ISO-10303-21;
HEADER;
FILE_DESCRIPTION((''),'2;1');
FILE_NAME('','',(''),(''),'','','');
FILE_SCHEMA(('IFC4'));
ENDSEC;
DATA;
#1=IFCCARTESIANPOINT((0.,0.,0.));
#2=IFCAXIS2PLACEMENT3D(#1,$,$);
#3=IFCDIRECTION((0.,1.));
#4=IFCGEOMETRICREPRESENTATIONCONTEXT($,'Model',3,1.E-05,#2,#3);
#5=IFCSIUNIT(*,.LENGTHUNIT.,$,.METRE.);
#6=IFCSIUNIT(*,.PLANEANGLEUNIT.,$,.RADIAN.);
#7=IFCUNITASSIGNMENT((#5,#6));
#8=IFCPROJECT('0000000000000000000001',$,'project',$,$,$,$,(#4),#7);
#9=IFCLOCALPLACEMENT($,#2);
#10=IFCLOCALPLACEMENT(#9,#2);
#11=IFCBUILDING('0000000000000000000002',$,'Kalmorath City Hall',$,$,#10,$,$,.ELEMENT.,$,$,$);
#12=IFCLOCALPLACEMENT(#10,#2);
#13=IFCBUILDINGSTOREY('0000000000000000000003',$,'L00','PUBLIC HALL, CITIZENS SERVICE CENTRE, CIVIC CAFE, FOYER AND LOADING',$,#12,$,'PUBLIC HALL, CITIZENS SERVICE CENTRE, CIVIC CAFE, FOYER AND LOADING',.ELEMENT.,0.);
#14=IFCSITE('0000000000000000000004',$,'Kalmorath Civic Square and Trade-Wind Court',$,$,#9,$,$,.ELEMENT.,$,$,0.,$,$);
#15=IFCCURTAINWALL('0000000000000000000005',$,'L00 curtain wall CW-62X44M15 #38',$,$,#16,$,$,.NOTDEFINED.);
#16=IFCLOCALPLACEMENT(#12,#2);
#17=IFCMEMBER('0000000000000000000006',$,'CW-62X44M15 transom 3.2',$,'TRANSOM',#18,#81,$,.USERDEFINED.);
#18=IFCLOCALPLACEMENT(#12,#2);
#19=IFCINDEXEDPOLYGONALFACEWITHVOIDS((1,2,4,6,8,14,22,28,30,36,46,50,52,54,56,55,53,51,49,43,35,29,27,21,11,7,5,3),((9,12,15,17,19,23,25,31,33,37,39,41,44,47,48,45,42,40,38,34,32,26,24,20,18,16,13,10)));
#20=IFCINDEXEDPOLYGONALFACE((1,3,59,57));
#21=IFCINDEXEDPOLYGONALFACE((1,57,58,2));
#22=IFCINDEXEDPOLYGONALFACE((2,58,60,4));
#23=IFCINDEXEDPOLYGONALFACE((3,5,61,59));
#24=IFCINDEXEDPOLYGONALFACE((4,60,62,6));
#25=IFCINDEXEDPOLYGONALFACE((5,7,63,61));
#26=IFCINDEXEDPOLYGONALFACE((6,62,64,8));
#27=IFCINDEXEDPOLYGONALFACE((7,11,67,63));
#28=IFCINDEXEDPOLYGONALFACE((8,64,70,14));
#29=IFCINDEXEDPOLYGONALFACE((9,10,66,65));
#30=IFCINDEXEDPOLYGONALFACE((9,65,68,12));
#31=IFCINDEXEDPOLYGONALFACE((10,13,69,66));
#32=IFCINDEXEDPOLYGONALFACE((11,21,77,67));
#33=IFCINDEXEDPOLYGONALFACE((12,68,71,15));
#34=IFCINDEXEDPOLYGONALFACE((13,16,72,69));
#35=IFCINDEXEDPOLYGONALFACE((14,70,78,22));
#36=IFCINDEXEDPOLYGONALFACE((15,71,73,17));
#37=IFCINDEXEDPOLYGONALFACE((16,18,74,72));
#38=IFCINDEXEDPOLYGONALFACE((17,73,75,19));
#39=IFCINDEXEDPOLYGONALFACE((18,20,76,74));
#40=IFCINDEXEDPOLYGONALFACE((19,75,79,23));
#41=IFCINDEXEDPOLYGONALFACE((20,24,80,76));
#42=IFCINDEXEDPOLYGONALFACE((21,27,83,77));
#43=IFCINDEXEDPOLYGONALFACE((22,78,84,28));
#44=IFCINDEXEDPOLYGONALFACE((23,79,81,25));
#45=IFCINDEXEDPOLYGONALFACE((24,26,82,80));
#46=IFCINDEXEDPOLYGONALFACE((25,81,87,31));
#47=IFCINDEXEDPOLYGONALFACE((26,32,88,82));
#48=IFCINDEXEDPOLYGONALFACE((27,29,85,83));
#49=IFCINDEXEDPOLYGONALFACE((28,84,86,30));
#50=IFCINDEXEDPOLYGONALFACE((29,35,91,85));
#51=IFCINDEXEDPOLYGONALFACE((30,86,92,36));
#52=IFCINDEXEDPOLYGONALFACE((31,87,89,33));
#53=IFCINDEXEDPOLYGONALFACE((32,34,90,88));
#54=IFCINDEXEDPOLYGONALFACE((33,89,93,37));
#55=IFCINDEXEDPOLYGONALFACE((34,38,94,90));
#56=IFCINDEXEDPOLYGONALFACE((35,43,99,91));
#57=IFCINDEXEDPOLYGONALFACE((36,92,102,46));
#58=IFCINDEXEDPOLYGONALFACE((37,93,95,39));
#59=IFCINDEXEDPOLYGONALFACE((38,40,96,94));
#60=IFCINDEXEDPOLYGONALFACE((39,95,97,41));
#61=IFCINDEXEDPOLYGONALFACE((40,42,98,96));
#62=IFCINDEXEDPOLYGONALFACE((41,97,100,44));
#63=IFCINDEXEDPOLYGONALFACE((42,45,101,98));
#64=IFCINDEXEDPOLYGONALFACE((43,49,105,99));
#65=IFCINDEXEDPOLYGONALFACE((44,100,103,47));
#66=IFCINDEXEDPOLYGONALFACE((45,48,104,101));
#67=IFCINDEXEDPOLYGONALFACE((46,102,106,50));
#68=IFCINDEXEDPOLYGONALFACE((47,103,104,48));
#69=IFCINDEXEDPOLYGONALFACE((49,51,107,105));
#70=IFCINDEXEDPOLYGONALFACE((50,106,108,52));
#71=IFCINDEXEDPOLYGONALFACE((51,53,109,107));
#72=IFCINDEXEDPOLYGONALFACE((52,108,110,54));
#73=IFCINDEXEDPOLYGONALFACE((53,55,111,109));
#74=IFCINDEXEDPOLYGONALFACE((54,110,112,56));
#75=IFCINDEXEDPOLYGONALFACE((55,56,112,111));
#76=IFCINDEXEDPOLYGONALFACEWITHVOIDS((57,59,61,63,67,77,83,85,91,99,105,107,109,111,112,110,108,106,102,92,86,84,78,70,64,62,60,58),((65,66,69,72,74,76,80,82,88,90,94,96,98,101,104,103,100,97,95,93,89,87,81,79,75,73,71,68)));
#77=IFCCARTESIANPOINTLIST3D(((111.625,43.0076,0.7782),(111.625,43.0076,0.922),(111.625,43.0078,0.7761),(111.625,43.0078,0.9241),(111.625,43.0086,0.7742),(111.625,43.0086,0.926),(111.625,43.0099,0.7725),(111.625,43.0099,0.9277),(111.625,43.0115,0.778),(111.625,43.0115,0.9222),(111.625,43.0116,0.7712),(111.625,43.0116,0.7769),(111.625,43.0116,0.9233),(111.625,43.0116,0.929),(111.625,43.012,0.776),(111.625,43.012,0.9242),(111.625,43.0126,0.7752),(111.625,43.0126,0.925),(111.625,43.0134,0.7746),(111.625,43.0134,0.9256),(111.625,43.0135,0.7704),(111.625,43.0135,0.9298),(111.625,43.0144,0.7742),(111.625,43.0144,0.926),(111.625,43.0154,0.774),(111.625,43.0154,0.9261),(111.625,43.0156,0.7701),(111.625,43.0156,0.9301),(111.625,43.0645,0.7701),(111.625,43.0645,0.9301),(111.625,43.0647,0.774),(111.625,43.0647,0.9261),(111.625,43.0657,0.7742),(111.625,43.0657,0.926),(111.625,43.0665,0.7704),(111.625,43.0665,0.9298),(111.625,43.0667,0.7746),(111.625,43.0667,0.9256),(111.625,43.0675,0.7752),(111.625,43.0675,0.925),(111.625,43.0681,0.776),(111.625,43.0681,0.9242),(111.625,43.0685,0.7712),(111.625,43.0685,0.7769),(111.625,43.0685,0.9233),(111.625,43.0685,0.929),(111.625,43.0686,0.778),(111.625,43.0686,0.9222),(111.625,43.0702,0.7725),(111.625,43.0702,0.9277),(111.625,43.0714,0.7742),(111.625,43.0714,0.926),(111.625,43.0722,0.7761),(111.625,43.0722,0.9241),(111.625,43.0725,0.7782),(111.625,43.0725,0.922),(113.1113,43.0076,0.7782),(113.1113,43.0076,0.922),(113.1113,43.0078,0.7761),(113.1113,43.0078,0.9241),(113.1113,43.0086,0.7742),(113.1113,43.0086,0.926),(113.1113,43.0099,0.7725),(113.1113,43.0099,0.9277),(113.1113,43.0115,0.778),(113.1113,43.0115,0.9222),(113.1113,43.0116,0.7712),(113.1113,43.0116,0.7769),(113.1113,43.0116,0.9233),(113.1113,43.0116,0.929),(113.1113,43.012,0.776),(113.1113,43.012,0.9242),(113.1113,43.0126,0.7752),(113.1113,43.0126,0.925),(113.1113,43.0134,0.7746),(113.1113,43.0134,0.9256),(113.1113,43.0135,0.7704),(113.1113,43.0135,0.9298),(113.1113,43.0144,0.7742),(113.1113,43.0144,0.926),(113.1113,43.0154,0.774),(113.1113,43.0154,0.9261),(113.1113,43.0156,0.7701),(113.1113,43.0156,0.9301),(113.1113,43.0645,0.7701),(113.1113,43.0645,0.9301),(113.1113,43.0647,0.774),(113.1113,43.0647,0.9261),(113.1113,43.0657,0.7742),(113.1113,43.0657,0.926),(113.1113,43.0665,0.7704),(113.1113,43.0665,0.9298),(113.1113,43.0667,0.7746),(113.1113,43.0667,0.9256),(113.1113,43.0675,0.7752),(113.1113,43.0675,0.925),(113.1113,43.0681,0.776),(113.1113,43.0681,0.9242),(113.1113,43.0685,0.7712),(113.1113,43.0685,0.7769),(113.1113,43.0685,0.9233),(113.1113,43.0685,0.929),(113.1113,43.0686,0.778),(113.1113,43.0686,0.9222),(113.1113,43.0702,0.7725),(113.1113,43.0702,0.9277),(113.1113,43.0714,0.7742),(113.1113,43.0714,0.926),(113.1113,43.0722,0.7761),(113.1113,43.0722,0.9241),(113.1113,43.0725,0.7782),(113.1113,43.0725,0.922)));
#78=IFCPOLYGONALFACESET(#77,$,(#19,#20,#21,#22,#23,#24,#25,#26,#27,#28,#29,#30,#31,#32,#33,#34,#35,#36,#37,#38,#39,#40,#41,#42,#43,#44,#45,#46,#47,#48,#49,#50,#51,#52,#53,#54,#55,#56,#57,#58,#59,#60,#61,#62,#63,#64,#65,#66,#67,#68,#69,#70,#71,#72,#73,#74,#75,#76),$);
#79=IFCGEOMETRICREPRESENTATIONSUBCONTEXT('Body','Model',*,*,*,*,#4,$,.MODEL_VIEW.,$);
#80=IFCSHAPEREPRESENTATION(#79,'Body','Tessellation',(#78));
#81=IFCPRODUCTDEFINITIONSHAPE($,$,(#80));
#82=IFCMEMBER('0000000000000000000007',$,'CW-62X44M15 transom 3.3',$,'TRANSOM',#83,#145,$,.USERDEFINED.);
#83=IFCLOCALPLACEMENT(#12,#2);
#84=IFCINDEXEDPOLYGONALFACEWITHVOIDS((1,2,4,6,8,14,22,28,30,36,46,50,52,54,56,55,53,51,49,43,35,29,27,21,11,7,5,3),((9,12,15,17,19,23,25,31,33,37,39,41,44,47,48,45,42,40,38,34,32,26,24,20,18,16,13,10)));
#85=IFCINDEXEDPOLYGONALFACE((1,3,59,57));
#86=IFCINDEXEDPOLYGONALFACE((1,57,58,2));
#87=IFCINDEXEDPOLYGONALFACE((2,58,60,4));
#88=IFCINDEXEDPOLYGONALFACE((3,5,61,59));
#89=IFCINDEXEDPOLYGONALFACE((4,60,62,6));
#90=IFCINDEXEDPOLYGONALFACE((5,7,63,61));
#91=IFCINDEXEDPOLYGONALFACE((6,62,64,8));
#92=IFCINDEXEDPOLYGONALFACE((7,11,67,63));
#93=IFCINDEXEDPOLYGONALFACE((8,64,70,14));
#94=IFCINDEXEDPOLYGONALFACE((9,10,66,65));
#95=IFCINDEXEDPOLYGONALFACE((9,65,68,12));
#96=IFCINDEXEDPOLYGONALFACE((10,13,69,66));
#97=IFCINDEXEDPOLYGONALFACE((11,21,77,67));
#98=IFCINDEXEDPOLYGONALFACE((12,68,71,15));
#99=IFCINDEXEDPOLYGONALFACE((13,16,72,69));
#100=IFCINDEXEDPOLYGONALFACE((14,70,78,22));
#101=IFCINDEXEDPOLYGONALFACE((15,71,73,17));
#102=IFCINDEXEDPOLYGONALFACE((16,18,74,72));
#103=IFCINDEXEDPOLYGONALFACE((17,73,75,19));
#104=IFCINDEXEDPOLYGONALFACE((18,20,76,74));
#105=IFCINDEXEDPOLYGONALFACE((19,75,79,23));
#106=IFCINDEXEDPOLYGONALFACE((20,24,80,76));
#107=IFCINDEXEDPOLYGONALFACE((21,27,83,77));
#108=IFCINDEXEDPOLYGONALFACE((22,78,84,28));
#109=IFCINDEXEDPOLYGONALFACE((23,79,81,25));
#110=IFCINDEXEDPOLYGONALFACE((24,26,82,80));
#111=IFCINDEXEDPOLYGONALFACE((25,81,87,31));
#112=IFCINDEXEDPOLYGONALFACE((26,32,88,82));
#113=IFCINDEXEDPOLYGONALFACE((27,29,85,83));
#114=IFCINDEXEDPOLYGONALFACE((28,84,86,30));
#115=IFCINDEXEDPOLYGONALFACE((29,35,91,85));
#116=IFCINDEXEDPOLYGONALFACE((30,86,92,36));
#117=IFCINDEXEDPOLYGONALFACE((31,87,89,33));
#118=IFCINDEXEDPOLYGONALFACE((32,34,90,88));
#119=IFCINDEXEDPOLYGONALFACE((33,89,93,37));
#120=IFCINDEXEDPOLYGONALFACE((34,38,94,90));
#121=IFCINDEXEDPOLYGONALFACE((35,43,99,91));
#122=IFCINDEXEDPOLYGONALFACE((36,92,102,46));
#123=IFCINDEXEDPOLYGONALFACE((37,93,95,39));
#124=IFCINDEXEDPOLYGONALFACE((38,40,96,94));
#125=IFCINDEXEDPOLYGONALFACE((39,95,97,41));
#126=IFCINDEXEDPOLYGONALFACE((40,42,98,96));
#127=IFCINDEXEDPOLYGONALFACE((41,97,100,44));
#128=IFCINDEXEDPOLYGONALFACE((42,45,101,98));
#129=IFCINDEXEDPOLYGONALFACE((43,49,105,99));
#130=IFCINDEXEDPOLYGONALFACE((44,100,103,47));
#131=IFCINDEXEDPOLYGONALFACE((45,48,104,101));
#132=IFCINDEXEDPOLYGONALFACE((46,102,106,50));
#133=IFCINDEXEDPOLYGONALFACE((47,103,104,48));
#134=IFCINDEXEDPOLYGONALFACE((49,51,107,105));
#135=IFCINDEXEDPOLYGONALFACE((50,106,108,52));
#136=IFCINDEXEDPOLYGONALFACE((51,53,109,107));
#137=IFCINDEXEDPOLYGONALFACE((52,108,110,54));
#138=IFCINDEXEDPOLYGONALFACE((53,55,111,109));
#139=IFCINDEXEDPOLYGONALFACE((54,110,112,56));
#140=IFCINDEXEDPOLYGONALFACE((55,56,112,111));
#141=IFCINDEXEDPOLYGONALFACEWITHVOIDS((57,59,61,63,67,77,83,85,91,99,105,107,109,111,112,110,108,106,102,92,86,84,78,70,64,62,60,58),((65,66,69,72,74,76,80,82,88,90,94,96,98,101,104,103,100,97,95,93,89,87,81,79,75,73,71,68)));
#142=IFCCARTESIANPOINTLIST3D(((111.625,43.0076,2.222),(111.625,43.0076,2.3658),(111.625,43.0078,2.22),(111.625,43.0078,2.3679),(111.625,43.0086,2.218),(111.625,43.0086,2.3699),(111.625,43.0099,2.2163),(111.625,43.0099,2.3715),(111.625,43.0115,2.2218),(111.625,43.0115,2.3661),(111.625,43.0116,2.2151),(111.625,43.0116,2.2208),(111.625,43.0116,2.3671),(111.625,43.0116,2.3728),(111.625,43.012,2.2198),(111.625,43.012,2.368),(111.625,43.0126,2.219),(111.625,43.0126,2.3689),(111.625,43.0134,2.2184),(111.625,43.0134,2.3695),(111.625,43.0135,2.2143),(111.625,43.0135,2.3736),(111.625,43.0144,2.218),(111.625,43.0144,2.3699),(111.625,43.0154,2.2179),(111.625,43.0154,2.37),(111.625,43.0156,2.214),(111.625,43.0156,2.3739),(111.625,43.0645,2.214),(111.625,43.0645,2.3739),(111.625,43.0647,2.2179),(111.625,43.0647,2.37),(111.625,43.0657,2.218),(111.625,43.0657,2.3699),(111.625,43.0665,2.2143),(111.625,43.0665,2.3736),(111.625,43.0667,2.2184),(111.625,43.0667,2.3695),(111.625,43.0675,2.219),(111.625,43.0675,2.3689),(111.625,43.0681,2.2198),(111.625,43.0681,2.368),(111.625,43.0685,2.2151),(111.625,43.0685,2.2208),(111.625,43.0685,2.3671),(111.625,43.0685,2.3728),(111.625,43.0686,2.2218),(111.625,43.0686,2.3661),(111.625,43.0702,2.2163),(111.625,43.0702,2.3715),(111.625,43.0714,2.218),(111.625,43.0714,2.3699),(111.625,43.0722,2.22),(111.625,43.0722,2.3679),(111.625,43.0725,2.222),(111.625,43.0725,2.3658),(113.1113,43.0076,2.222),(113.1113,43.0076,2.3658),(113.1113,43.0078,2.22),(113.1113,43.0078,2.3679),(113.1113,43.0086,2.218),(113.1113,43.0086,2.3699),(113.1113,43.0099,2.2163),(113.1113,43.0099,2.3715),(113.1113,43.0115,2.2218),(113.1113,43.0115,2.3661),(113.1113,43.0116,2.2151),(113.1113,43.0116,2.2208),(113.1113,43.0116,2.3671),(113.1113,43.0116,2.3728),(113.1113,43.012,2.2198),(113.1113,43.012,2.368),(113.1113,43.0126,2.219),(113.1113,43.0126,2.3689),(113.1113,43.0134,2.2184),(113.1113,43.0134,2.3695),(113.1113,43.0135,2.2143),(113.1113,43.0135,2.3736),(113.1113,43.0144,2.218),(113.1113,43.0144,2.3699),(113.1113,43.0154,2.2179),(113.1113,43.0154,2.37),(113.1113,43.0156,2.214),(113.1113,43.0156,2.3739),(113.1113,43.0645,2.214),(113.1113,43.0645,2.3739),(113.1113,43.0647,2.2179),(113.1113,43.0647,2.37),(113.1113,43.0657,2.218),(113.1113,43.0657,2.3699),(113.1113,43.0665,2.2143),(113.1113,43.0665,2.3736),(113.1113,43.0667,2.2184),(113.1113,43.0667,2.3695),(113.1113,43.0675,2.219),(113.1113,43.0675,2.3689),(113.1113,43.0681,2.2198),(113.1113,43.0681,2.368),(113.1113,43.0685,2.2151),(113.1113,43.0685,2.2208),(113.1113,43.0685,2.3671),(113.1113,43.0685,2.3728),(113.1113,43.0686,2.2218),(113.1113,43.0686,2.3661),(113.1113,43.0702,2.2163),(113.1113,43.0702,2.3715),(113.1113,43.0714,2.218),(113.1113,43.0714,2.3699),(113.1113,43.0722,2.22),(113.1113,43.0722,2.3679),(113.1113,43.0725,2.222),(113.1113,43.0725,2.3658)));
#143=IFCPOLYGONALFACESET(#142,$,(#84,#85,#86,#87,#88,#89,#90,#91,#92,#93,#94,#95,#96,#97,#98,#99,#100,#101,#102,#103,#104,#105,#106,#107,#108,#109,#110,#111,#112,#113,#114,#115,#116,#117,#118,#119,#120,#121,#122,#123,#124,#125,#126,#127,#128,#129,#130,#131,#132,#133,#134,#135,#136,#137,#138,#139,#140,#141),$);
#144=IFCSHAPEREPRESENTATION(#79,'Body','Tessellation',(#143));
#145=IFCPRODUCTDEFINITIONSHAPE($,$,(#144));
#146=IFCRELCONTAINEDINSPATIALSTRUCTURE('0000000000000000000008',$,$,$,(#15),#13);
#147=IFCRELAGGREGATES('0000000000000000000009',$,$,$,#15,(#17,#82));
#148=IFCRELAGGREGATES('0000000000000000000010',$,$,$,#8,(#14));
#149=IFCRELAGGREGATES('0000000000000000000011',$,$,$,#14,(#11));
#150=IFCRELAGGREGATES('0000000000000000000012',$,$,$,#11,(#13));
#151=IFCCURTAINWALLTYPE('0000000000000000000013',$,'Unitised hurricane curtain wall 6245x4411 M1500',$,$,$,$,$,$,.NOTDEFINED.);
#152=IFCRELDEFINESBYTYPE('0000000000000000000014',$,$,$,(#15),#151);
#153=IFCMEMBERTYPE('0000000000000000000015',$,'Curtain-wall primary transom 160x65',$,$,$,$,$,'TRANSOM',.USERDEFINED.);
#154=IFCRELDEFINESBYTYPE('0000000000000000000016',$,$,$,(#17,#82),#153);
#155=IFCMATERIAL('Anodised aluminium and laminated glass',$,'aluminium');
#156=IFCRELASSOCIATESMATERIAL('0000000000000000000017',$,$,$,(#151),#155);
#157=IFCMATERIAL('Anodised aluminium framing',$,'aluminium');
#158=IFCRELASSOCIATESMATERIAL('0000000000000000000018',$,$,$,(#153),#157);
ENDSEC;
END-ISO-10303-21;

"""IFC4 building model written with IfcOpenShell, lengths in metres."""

from ifc_helpers import new_model, si_unit, direction, frame, origin, origin_2d, place, context, subcontext, project, spatial, hollow_rectangle, extrude, material, material_profile, profile_set, type_object, element, aggregate, save


model = new_model("IFC4")

# Units and contexts
model_context = context("Model", 3, precision=1e-05, world=origin(), true_north=direction((0.0, 1.0)))
body_context = subcontext(model_context, "Body", "Model", "MODEL_VIEW")
ifc_project = project(units=[si_unit("LENGTHUNIT", "METRE"), si_unit("PLANEANGLEUNIT", "RADIAN")], contexts=[model_context])

# Site, building, storey
site_placement = place(None, origin())
site = spatial("IfcSite", under=ifc_project, at=site_placement, Name="Kalmorath Civic Square and Trade-Wind Court", CompositionType="ELEMENT", RefElevation=0.0)
building_placement = place(site_placement, origin())
building = spatial("IfcBuilding", under=site, at=building_placement, Name="Kalmorath City Hall", CompositionType="ELEMENT")
storey_placement = place(building_placement, origin())
storey = spatial("IfcBuildingStorey", under=building, at=storey_placement, Name="L00", Description="PUBLIC HALL, CITIZENS SERVICE CENTRE, CIVIC CAFE, FOYER AND LOADING", LongName="PUBLIC HALL, CITIZENS SERVICE CENTRE, CIVIC CAFE, FOYER AND LOADING", CompositionType="ELEMENT", Elevation=0.0)

# Curtain wall, members
ifc_material_1 = material(Name="Anodised aluminium and laminated glass", Category="aluminium")
curtain_wall_type = type_object("IfcCurtainWallType", Name="Unitised hurricane curtain wall 6245x4411 M1500", PredefinedType="NOTDEFINED", material=ifc_material_1)
curtain_wall_placement = place(storey_placement, origin())
curtain_wall = element("IfcCurtainWall", 1, at=curtain_wall_placement, inside=storey, type_object=curtain_wall_type, Name="L00 curtain wall CW-62X44M15 #38", PredefinedType="NOTDEFINED")
ifc_material_2 = material(Name="Anodised aluminium framing", Category="aluminium")
ifc_material_profile_1 = material_profile(ifc_material_2, hollow_rectangle(XDim=0.0649, YDim=0.1599, WallThickness=0.0039, InnerFilletRadius=0.0039, OuterFilletRadius=0.0081, at=origin_2d()), Name="ALU-TRN-160X65X4")
ifc_profile_set_1 = profile_set([ifc_material_profile_1], Name="Anodised aluminium framing")
member_type_1 = type_object("IfcMemberType", Name="Curtain-wall primary transom 160x65", ElementType="TRANSOM", PredefinedType="USERDEFINED", material=ifc_profile_set_1)
member_1_placement = place(storey_placement, frame((111.625, 43.04, 0.8501), z_axis=(1.0, 0.0, 0.0), x_axis=(0.0, 1.0, 0.0)))
member_1 = element("IfcMember", 2, at=member_1_placement, type_object=member_type_1, Name="CW-62X44M15 transom 3.2", ObjectType="TRANSOM", PredefinedType="USERDEFINED", context=body_context, shape_type="SweptSolid", body=[
    extrude(hollow_rectangle(XDim=0.0649, YDim=0.1599, WallThickness=0.0039, InnerFilletRadius=0.0039, OuterFilletRadius=0.0081, at=origin_2d()), origin(), (0.0, 0.0, 1.0), 1.4863),
])
member_2_placement = place(storey_placement, frame((111.625, 43.04, 2.2939), z_axis=(1.0, 0.0, 0.0), x_axis=(0.0, 1.0, 0.0)))
member_2 = element("IfcMember", 3, at=member_2_placement, type_object=member_type_1, Name="CW-62X44M15 transom 3.3", ObjectType="TRANSOM", PredefinedType="USERDEFINED", context=body_context, shape_type="SweptSolid", body=[
    extrude(hollow_rectangle(XDim=0.0649, YDim=0.1599, WallThickness=0.0039, InnerFilletRadius=0.0039, OuterFilletRadius=0.0081, at=origin_2d()), origin(), (0.0, 0.0, 1.0), 1.4863),
])
aggregate(curtain_wall, [member_1, member_2])

save(model, "model.ifc")
